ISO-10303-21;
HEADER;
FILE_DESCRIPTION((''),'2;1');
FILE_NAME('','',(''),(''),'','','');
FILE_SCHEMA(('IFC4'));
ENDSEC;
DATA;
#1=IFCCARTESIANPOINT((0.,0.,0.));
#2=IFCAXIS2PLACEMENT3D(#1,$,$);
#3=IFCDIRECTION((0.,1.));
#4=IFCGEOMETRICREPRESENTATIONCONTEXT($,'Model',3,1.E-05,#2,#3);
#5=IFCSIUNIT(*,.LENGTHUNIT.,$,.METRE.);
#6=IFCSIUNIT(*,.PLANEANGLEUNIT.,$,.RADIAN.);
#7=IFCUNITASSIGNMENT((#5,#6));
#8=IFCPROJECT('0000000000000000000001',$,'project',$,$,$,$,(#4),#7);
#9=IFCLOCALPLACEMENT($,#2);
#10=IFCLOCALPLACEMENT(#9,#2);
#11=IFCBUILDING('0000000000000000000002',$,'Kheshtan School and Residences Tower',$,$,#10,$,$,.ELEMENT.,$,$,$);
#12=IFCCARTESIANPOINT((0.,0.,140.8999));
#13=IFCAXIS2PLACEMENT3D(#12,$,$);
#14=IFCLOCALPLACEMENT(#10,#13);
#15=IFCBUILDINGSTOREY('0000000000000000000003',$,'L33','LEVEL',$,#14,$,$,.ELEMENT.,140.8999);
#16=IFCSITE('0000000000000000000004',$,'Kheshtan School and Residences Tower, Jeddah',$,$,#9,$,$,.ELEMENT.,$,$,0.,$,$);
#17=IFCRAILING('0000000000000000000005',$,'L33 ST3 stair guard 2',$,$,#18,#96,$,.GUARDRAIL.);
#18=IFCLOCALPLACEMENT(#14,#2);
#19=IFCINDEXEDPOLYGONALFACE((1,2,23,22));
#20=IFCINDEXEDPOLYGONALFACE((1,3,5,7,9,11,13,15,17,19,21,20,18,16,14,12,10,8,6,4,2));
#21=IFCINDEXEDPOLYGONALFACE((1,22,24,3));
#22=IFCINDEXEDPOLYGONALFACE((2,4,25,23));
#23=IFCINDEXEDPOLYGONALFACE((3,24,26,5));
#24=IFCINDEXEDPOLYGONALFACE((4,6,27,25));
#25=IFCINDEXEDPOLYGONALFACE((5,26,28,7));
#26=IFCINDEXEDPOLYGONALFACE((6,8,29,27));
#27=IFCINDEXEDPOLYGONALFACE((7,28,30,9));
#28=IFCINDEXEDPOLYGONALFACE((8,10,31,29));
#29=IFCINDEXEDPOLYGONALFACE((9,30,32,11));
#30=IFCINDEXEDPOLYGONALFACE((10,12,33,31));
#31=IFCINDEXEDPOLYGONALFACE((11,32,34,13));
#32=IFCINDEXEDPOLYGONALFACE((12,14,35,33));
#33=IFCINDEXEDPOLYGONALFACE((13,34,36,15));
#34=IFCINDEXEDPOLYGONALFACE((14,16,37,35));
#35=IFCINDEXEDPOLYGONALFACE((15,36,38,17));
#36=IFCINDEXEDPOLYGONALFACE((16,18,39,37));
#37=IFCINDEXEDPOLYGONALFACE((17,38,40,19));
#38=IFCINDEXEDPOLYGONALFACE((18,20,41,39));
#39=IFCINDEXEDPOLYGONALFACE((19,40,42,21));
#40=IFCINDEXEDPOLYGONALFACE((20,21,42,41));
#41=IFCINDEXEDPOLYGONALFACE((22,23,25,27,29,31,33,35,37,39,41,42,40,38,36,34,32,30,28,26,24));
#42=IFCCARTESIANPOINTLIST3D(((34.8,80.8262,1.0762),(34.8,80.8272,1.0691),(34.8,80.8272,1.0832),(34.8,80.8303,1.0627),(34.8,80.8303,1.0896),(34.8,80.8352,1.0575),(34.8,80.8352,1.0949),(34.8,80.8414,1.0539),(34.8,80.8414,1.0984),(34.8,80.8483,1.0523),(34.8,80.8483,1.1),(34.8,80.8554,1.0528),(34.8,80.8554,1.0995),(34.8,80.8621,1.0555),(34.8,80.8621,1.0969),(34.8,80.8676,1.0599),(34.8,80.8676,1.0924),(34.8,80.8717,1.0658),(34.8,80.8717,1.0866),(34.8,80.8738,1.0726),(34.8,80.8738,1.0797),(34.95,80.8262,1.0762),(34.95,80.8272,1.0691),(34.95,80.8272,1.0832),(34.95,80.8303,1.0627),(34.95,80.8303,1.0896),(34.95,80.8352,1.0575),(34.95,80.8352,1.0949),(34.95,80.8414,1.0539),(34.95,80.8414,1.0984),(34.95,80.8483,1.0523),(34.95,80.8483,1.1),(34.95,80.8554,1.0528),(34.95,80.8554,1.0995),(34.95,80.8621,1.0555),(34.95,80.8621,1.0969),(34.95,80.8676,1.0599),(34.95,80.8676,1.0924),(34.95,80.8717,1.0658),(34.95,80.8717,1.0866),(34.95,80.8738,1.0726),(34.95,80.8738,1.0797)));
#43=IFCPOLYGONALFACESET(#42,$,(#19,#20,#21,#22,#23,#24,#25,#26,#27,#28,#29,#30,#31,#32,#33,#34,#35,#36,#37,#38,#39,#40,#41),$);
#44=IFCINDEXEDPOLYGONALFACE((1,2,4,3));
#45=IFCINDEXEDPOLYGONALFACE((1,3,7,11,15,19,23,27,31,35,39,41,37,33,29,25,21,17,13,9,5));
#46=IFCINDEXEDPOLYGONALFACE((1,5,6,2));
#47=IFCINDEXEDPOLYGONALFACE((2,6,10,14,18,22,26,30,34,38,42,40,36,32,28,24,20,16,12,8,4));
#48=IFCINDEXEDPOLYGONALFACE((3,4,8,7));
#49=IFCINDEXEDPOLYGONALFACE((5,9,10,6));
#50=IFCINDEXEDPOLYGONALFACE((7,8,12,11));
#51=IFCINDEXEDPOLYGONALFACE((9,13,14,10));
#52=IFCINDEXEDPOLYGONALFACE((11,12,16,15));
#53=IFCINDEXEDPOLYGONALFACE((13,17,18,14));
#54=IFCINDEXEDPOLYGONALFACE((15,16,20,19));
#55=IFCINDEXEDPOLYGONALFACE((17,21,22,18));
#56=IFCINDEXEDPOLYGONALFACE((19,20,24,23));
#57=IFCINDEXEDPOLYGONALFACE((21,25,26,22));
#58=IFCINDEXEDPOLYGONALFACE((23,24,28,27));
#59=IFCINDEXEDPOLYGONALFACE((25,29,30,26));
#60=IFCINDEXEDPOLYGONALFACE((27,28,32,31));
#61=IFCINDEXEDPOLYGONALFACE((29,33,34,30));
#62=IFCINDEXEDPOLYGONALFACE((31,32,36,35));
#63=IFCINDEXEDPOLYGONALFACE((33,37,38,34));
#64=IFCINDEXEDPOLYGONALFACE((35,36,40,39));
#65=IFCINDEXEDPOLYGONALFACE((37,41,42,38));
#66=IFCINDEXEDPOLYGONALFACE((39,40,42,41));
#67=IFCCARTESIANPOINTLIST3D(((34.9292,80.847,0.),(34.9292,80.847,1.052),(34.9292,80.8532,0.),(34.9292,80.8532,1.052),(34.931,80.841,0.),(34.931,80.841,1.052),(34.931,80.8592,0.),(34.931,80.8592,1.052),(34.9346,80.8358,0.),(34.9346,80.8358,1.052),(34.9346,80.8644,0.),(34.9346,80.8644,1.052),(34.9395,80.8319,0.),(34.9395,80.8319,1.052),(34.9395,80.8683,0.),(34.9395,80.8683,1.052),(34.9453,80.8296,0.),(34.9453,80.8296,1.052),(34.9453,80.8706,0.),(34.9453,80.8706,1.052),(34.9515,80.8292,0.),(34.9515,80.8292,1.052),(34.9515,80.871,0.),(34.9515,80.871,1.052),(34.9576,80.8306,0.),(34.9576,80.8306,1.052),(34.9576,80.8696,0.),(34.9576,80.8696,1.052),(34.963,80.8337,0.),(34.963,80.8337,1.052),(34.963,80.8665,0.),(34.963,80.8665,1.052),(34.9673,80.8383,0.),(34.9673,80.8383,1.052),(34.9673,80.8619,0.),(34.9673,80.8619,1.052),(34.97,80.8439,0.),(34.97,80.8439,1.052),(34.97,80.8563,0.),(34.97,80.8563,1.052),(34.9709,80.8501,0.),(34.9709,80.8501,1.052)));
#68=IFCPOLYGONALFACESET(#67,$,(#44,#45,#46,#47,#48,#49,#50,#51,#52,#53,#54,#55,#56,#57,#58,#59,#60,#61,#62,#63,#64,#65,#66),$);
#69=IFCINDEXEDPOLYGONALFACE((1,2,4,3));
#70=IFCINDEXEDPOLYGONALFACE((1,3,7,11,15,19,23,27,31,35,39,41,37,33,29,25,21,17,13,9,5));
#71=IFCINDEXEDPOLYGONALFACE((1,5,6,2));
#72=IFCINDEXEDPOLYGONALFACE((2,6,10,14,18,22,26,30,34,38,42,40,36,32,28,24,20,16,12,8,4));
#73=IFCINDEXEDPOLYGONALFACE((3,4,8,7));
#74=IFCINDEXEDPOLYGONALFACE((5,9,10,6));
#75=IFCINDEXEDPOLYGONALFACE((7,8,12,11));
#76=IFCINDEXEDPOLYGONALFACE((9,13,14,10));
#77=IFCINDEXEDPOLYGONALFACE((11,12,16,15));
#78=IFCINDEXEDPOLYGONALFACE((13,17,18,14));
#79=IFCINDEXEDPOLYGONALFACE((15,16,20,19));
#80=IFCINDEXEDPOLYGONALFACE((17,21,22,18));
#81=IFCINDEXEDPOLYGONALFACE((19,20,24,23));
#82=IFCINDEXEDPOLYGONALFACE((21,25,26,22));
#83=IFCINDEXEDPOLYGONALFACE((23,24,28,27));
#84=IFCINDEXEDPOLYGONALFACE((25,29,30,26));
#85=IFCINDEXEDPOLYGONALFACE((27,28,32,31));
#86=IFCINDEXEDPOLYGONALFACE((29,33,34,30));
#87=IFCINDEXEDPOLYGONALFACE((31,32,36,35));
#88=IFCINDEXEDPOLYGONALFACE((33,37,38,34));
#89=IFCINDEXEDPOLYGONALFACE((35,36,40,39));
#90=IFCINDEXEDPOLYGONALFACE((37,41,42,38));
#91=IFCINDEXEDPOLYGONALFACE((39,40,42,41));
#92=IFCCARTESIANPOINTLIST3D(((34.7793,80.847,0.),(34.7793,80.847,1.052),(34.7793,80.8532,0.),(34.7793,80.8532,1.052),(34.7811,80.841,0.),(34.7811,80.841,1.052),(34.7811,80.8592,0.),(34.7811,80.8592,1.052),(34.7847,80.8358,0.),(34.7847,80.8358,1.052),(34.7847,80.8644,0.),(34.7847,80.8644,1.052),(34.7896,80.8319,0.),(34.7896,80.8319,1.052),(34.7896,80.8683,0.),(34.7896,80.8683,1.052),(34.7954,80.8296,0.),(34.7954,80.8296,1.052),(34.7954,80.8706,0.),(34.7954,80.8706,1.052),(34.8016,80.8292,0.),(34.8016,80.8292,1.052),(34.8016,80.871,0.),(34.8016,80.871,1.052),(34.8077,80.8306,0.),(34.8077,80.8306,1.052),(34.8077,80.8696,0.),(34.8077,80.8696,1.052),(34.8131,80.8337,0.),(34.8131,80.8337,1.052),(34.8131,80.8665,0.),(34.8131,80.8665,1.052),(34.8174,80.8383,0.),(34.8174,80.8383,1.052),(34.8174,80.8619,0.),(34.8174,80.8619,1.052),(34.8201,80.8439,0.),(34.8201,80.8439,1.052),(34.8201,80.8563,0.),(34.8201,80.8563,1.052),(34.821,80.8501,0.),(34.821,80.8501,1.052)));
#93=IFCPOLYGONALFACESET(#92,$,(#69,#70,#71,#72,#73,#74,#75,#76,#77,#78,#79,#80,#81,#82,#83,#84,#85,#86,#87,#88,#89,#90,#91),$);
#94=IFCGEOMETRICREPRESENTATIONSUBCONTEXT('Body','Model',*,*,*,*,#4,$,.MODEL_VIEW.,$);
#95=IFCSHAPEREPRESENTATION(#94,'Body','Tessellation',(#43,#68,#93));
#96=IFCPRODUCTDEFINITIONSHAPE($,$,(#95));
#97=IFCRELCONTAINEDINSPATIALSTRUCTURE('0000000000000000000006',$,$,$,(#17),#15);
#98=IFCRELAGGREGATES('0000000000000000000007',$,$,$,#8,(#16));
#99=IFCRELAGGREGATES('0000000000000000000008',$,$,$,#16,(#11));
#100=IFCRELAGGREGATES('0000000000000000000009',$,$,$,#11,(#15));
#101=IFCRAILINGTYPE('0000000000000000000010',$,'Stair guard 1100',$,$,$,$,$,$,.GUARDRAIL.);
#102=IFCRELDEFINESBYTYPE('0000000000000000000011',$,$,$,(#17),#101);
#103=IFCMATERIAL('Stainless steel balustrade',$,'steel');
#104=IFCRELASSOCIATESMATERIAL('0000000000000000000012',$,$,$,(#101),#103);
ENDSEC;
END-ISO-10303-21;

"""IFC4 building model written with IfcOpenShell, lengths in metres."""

from ifc_helpers import new_model, si_unit, direction, frame, origin, origin_2d, place, context, subcontext, project, spatial, circle, extrude, material, type_object, element, save


model = new_model("IFC4")

# Units and contexts
model_context = context("Model", 3, precision=1e-05, world=origin(), true_north=direction((0.0, 1.0)))
body_context = subcontext(model_context, "Body", "Model", "MODEL_VIEW")
ifc_project = project(units=[si_unit("LENGTHUNIT", "METRE"), si_unit("PLANEANGLEUNIT", "RADIAN")], contexts=[model_context])

# Site, building, storey
site_placement = place(None, origin())
site = spatial("IfcSite", under=ifc_project, at=site_placement, Name="Kheshtan School and Residences Tower, Jeddah", CompositionType="ELEMENT", RefElevation=0.0)
building_placement = place(site_placement, origin())
building = spatial("IfcBuilding", under=site, at=building_placement, Name="Kheshtan School and Residences Tower", CompositionType="ELEMENT")
storey_placement = place(building_placement, frame((0.0, 0.0, 140.8999)))
storey = spatial("IfcBuildingStorey", under=building, at=storey_placement, Name="L33", Description="LEVEL", CompositionType="ELEMENT", Elevation=140.8999)

# Railing
ifc_material_1 = material(Name="Stainless steel balustrade", Category="steel")
railing_type_1 = type_object("IfcRailingType", Name="Stair guard 1100", PredefinedType="GUARDRAIL", material=ifc_material_1)
railing_1_placement = place(storey_placement, frame((34.95, 80.8501, 0.0)))
element("IfcRailing", 1, at=railing_1_placement, inside=storey, type_object=railing_type_1, Name="L33 ST3 stair guard 2", PredefinedType="GUARDRAIL", context=body_context, shape_type="SweptSolid", body=[
    extrude(circle(Radius=0.0239, at=origin_2d()), frame((0.0, 0.0, 1.0762), z_axis=(-1.0, 0.0, 0.0), x_axis=(0.0, -1.0, 0.0)), (0.0, 0.0, 1.0), 0.1499),
    extrude(circle(Radius=0.021, at=origin_2d()), origin(), (0.0, 0.0, 1.0), 1.052),
    extrude(circle(Radius=0.021, at=origin_2d()), frame((-0.1499, 0.0, 0.0)), (0.0, 0.0, 1.0), 1.052),
])

save(model, "model.ifc")
